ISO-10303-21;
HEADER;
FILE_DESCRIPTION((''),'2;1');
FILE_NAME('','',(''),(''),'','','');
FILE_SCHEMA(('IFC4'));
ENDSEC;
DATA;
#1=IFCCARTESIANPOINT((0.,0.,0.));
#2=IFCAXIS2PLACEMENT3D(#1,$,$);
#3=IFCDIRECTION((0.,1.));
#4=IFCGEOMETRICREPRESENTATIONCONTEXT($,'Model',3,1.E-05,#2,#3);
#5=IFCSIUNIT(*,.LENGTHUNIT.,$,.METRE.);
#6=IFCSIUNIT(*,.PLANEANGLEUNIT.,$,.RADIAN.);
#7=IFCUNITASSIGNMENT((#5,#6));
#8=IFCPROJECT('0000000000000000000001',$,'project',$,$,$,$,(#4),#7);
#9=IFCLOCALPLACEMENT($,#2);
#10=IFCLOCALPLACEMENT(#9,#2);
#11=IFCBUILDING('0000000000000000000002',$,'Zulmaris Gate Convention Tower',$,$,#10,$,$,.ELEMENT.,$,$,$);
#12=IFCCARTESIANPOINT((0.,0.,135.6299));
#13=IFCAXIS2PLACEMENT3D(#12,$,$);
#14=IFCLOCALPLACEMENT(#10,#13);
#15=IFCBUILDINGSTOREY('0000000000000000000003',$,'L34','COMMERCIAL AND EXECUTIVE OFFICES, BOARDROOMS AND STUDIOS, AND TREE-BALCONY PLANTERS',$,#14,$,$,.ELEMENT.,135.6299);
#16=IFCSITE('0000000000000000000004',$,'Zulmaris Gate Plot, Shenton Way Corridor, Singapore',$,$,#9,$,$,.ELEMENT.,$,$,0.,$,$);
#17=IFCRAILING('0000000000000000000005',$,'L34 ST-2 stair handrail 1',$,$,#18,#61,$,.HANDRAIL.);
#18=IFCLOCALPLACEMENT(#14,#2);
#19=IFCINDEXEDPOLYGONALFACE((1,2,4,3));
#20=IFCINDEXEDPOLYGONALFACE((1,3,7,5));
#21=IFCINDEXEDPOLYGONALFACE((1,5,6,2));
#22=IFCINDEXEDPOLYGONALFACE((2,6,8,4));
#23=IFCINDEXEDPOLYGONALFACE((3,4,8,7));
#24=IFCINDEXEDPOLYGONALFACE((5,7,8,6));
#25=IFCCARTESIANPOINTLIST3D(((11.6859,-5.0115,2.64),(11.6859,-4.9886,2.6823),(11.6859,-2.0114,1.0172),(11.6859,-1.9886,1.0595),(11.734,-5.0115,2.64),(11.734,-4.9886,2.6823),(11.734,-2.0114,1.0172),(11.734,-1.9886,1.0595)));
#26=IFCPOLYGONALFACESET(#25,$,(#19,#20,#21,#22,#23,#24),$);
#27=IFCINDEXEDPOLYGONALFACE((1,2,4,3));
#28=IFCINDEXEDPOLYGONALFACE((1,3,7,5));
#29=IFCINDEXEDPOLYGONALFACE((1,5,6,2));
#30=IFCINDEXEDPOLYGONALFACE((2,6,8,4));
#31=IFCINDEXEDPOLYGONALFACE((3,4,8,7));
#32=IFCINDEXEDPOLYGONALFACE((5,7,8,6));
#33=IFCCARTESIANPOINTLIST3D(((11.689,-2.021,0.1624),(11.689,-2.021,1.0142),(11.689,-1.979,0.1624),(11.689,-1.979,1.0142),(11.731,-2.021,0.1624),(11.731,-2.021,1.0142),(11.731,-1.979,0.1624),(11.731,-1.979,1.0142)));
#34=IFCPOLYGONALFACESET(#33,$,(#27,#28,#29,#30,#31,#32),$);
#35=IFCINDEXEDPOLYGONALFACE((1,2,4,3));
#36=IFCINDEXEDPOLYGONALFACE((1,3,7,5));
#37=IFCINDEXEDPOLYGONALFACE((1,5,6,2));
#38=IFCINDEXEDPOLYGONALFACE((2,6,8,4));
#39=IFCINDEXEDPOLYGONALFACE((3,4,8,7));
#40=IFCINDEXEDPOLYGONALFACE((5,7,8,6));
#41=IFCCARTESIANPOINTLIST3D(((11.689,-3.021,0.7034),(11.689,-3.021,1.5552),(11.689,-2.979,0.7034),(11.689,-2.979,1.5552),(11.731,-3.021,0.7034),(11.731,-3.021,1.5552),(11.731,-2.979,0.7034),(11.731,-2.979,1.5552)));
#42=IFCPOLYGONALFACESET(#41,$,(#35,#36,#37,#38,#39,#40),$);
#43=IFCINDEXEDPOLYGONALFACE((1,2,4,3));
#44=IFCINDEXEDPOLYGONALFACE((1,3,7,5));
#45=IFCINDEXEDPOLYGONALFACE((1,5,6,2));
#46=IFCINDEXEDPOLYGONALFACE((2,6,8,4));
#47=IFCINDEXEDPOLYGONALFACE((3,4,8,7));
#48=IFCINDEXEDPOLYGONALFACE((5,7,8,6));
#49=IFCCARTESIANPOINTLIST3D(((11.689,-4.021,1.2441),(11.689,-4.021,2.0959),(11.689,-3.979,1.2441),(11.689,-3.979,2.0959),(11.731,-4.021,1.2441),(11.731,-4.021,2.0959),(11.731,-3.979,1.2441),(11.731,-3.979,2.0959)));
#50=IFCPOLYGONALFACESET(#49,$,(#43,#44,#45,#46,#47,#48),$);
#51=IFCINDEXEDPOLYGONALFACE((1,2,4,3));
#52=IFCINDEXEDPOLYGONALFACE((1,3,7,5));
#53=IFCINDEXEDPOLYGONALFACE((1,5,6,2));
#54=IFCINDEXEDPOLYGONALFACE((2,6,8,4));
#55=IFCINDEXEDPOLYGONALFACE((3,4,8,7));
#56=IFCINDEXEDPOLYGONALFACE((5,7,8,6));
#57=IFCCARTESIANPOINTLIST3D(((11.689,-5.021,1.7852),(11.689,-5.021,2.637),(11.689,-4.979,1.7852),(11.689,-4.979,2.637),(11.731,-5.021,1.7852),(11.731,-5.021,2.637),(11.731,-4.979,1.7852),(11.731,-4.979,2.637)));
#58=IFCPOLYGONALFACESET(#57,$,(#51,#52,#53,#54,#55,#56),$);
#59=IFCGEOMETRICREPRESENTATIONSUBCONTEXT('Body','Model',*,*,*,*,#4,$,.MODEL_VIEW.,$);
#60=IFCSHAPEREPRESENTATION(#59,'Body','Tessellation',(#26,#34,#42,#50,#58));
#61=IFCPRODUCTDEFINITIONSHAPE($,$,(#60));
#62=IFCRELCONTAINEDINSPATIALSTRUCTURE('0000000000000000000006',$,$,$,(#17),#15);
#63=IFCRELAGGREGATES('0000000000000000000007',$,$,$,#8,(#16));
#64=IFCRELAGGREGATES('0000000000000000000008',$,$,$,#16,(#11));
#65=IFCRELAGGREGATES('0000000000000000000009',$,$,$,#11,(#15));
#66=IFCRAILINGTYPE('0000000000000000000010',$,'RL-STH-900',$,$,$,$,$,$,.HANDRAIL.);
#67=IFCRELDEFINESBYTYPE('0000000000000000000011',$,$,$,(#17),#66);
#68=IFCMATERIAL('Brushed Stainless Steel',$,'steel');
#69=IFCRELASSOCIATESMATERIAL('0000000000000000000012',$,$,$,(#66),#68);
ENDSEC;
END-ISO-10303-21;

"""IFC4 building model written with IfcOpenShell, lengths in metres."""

from ifc_helpers import new_model, si_unit, direction, frame, origin, origin_2d, place, context, subcontext, project, spatial, rectangle, extrude, material, type_object, element, save


model = new_model("IFC4")

# Units and contexts
model_context = context("Model", 3, precision=1e-05, world=origin(), true_north=direction((0.0, 1.0)))
body_context = subcontext(model_context, "Body", "Model", "MODEL_VIEW")
ifc_project = project(units=[si_unit("LENGTHUNIT", "METRE"), si_unit("PLANEANGLEUNIT", "RADIAN")], contexts=[model_context])

# Site, building, storey
site_placement = place(None, origin())
site = spatial("IfcSite", under=ifc_project, at=site_placement, Name="Zulmaris Gate Plot, Shenton Way Corridor, Singapore", CompositionType="ELEMENT", RefElevation=0.0)
building_placement = place(site_placement, origin())
building = spatial("IfcBuilding", under=site, at=building_placement, Name="Zulmaris Gate Convention Tower", CompositionType="ELEMENT")
storey_placement = place(building_placement, frame((0.0, 0.0, 135.6299)))
storey = spatial("IfcBuildingStorey", under=building, at=storey_placement, Name="L34", Description="COMMERCIAL AND EXECUTIVE OFFICES, BOARDROOMS AND STUDIOS, AND TREE-BALCONY PLANTERS", CompositionType="ELEMENT", Elevation=135.6299)

# Railing
ifc_material_1 = material(Name="Brushed Stainless Steel", Category="steel")
railing_type_1 = type_object("IfcRailingType", Name="RL-STH-900", PredefinedType="HANDRAIL", material=ifc_material_1)
railing_1_placement = place(storey_placement, frame((11.71, -2.0, 0.1624)))
element("IfcRailing", 1, at=railing_1_placement, inside=storey, type_object=railing_type_1, Name="L34 ST-2 stair handrail 1", PredefinedType="HANDRAIL", context=body_context, shape_type="SweptSolid", body=[
    extrude(rectangle(XDim=0.0481, YDim=0.0481, at=origin_2d()), frame((0.0, 0.0, 0.876), z_axis=(0.0, -0.879562, 0.475785), x_axis=(1.0, 0.0, 0.0)), (0.0, 0.0, 1.0), 3.4109),
    extrude(rectangle(XDim=0.042, YDim=0.042, at=origin_2d()), origin(), (0.0, 0.0, 1.0), 0.8518),
    extrude(rectangle(XDim=0.042, YDim=0.042, at=origin_2d()), frame((0.0, -1.0, 0.541)), (0.0, 0.0, 1.0), 0.8518),
    extrude(rectangle(XDim=0.042, YDim=0.042, at=origin_2d()), frame((0.0, -2.0, 1.0818)), (0.0, 0.0, 1.0), 0.8518),
    extrude(rectangle(XDim=0.042, YDim=0.042, at=origin_2d()), frame((0.0, -3.0, 1.6228)), (0.0, 0.0, 1.0), 0.8518),
])

save(model, "model.ifc")
